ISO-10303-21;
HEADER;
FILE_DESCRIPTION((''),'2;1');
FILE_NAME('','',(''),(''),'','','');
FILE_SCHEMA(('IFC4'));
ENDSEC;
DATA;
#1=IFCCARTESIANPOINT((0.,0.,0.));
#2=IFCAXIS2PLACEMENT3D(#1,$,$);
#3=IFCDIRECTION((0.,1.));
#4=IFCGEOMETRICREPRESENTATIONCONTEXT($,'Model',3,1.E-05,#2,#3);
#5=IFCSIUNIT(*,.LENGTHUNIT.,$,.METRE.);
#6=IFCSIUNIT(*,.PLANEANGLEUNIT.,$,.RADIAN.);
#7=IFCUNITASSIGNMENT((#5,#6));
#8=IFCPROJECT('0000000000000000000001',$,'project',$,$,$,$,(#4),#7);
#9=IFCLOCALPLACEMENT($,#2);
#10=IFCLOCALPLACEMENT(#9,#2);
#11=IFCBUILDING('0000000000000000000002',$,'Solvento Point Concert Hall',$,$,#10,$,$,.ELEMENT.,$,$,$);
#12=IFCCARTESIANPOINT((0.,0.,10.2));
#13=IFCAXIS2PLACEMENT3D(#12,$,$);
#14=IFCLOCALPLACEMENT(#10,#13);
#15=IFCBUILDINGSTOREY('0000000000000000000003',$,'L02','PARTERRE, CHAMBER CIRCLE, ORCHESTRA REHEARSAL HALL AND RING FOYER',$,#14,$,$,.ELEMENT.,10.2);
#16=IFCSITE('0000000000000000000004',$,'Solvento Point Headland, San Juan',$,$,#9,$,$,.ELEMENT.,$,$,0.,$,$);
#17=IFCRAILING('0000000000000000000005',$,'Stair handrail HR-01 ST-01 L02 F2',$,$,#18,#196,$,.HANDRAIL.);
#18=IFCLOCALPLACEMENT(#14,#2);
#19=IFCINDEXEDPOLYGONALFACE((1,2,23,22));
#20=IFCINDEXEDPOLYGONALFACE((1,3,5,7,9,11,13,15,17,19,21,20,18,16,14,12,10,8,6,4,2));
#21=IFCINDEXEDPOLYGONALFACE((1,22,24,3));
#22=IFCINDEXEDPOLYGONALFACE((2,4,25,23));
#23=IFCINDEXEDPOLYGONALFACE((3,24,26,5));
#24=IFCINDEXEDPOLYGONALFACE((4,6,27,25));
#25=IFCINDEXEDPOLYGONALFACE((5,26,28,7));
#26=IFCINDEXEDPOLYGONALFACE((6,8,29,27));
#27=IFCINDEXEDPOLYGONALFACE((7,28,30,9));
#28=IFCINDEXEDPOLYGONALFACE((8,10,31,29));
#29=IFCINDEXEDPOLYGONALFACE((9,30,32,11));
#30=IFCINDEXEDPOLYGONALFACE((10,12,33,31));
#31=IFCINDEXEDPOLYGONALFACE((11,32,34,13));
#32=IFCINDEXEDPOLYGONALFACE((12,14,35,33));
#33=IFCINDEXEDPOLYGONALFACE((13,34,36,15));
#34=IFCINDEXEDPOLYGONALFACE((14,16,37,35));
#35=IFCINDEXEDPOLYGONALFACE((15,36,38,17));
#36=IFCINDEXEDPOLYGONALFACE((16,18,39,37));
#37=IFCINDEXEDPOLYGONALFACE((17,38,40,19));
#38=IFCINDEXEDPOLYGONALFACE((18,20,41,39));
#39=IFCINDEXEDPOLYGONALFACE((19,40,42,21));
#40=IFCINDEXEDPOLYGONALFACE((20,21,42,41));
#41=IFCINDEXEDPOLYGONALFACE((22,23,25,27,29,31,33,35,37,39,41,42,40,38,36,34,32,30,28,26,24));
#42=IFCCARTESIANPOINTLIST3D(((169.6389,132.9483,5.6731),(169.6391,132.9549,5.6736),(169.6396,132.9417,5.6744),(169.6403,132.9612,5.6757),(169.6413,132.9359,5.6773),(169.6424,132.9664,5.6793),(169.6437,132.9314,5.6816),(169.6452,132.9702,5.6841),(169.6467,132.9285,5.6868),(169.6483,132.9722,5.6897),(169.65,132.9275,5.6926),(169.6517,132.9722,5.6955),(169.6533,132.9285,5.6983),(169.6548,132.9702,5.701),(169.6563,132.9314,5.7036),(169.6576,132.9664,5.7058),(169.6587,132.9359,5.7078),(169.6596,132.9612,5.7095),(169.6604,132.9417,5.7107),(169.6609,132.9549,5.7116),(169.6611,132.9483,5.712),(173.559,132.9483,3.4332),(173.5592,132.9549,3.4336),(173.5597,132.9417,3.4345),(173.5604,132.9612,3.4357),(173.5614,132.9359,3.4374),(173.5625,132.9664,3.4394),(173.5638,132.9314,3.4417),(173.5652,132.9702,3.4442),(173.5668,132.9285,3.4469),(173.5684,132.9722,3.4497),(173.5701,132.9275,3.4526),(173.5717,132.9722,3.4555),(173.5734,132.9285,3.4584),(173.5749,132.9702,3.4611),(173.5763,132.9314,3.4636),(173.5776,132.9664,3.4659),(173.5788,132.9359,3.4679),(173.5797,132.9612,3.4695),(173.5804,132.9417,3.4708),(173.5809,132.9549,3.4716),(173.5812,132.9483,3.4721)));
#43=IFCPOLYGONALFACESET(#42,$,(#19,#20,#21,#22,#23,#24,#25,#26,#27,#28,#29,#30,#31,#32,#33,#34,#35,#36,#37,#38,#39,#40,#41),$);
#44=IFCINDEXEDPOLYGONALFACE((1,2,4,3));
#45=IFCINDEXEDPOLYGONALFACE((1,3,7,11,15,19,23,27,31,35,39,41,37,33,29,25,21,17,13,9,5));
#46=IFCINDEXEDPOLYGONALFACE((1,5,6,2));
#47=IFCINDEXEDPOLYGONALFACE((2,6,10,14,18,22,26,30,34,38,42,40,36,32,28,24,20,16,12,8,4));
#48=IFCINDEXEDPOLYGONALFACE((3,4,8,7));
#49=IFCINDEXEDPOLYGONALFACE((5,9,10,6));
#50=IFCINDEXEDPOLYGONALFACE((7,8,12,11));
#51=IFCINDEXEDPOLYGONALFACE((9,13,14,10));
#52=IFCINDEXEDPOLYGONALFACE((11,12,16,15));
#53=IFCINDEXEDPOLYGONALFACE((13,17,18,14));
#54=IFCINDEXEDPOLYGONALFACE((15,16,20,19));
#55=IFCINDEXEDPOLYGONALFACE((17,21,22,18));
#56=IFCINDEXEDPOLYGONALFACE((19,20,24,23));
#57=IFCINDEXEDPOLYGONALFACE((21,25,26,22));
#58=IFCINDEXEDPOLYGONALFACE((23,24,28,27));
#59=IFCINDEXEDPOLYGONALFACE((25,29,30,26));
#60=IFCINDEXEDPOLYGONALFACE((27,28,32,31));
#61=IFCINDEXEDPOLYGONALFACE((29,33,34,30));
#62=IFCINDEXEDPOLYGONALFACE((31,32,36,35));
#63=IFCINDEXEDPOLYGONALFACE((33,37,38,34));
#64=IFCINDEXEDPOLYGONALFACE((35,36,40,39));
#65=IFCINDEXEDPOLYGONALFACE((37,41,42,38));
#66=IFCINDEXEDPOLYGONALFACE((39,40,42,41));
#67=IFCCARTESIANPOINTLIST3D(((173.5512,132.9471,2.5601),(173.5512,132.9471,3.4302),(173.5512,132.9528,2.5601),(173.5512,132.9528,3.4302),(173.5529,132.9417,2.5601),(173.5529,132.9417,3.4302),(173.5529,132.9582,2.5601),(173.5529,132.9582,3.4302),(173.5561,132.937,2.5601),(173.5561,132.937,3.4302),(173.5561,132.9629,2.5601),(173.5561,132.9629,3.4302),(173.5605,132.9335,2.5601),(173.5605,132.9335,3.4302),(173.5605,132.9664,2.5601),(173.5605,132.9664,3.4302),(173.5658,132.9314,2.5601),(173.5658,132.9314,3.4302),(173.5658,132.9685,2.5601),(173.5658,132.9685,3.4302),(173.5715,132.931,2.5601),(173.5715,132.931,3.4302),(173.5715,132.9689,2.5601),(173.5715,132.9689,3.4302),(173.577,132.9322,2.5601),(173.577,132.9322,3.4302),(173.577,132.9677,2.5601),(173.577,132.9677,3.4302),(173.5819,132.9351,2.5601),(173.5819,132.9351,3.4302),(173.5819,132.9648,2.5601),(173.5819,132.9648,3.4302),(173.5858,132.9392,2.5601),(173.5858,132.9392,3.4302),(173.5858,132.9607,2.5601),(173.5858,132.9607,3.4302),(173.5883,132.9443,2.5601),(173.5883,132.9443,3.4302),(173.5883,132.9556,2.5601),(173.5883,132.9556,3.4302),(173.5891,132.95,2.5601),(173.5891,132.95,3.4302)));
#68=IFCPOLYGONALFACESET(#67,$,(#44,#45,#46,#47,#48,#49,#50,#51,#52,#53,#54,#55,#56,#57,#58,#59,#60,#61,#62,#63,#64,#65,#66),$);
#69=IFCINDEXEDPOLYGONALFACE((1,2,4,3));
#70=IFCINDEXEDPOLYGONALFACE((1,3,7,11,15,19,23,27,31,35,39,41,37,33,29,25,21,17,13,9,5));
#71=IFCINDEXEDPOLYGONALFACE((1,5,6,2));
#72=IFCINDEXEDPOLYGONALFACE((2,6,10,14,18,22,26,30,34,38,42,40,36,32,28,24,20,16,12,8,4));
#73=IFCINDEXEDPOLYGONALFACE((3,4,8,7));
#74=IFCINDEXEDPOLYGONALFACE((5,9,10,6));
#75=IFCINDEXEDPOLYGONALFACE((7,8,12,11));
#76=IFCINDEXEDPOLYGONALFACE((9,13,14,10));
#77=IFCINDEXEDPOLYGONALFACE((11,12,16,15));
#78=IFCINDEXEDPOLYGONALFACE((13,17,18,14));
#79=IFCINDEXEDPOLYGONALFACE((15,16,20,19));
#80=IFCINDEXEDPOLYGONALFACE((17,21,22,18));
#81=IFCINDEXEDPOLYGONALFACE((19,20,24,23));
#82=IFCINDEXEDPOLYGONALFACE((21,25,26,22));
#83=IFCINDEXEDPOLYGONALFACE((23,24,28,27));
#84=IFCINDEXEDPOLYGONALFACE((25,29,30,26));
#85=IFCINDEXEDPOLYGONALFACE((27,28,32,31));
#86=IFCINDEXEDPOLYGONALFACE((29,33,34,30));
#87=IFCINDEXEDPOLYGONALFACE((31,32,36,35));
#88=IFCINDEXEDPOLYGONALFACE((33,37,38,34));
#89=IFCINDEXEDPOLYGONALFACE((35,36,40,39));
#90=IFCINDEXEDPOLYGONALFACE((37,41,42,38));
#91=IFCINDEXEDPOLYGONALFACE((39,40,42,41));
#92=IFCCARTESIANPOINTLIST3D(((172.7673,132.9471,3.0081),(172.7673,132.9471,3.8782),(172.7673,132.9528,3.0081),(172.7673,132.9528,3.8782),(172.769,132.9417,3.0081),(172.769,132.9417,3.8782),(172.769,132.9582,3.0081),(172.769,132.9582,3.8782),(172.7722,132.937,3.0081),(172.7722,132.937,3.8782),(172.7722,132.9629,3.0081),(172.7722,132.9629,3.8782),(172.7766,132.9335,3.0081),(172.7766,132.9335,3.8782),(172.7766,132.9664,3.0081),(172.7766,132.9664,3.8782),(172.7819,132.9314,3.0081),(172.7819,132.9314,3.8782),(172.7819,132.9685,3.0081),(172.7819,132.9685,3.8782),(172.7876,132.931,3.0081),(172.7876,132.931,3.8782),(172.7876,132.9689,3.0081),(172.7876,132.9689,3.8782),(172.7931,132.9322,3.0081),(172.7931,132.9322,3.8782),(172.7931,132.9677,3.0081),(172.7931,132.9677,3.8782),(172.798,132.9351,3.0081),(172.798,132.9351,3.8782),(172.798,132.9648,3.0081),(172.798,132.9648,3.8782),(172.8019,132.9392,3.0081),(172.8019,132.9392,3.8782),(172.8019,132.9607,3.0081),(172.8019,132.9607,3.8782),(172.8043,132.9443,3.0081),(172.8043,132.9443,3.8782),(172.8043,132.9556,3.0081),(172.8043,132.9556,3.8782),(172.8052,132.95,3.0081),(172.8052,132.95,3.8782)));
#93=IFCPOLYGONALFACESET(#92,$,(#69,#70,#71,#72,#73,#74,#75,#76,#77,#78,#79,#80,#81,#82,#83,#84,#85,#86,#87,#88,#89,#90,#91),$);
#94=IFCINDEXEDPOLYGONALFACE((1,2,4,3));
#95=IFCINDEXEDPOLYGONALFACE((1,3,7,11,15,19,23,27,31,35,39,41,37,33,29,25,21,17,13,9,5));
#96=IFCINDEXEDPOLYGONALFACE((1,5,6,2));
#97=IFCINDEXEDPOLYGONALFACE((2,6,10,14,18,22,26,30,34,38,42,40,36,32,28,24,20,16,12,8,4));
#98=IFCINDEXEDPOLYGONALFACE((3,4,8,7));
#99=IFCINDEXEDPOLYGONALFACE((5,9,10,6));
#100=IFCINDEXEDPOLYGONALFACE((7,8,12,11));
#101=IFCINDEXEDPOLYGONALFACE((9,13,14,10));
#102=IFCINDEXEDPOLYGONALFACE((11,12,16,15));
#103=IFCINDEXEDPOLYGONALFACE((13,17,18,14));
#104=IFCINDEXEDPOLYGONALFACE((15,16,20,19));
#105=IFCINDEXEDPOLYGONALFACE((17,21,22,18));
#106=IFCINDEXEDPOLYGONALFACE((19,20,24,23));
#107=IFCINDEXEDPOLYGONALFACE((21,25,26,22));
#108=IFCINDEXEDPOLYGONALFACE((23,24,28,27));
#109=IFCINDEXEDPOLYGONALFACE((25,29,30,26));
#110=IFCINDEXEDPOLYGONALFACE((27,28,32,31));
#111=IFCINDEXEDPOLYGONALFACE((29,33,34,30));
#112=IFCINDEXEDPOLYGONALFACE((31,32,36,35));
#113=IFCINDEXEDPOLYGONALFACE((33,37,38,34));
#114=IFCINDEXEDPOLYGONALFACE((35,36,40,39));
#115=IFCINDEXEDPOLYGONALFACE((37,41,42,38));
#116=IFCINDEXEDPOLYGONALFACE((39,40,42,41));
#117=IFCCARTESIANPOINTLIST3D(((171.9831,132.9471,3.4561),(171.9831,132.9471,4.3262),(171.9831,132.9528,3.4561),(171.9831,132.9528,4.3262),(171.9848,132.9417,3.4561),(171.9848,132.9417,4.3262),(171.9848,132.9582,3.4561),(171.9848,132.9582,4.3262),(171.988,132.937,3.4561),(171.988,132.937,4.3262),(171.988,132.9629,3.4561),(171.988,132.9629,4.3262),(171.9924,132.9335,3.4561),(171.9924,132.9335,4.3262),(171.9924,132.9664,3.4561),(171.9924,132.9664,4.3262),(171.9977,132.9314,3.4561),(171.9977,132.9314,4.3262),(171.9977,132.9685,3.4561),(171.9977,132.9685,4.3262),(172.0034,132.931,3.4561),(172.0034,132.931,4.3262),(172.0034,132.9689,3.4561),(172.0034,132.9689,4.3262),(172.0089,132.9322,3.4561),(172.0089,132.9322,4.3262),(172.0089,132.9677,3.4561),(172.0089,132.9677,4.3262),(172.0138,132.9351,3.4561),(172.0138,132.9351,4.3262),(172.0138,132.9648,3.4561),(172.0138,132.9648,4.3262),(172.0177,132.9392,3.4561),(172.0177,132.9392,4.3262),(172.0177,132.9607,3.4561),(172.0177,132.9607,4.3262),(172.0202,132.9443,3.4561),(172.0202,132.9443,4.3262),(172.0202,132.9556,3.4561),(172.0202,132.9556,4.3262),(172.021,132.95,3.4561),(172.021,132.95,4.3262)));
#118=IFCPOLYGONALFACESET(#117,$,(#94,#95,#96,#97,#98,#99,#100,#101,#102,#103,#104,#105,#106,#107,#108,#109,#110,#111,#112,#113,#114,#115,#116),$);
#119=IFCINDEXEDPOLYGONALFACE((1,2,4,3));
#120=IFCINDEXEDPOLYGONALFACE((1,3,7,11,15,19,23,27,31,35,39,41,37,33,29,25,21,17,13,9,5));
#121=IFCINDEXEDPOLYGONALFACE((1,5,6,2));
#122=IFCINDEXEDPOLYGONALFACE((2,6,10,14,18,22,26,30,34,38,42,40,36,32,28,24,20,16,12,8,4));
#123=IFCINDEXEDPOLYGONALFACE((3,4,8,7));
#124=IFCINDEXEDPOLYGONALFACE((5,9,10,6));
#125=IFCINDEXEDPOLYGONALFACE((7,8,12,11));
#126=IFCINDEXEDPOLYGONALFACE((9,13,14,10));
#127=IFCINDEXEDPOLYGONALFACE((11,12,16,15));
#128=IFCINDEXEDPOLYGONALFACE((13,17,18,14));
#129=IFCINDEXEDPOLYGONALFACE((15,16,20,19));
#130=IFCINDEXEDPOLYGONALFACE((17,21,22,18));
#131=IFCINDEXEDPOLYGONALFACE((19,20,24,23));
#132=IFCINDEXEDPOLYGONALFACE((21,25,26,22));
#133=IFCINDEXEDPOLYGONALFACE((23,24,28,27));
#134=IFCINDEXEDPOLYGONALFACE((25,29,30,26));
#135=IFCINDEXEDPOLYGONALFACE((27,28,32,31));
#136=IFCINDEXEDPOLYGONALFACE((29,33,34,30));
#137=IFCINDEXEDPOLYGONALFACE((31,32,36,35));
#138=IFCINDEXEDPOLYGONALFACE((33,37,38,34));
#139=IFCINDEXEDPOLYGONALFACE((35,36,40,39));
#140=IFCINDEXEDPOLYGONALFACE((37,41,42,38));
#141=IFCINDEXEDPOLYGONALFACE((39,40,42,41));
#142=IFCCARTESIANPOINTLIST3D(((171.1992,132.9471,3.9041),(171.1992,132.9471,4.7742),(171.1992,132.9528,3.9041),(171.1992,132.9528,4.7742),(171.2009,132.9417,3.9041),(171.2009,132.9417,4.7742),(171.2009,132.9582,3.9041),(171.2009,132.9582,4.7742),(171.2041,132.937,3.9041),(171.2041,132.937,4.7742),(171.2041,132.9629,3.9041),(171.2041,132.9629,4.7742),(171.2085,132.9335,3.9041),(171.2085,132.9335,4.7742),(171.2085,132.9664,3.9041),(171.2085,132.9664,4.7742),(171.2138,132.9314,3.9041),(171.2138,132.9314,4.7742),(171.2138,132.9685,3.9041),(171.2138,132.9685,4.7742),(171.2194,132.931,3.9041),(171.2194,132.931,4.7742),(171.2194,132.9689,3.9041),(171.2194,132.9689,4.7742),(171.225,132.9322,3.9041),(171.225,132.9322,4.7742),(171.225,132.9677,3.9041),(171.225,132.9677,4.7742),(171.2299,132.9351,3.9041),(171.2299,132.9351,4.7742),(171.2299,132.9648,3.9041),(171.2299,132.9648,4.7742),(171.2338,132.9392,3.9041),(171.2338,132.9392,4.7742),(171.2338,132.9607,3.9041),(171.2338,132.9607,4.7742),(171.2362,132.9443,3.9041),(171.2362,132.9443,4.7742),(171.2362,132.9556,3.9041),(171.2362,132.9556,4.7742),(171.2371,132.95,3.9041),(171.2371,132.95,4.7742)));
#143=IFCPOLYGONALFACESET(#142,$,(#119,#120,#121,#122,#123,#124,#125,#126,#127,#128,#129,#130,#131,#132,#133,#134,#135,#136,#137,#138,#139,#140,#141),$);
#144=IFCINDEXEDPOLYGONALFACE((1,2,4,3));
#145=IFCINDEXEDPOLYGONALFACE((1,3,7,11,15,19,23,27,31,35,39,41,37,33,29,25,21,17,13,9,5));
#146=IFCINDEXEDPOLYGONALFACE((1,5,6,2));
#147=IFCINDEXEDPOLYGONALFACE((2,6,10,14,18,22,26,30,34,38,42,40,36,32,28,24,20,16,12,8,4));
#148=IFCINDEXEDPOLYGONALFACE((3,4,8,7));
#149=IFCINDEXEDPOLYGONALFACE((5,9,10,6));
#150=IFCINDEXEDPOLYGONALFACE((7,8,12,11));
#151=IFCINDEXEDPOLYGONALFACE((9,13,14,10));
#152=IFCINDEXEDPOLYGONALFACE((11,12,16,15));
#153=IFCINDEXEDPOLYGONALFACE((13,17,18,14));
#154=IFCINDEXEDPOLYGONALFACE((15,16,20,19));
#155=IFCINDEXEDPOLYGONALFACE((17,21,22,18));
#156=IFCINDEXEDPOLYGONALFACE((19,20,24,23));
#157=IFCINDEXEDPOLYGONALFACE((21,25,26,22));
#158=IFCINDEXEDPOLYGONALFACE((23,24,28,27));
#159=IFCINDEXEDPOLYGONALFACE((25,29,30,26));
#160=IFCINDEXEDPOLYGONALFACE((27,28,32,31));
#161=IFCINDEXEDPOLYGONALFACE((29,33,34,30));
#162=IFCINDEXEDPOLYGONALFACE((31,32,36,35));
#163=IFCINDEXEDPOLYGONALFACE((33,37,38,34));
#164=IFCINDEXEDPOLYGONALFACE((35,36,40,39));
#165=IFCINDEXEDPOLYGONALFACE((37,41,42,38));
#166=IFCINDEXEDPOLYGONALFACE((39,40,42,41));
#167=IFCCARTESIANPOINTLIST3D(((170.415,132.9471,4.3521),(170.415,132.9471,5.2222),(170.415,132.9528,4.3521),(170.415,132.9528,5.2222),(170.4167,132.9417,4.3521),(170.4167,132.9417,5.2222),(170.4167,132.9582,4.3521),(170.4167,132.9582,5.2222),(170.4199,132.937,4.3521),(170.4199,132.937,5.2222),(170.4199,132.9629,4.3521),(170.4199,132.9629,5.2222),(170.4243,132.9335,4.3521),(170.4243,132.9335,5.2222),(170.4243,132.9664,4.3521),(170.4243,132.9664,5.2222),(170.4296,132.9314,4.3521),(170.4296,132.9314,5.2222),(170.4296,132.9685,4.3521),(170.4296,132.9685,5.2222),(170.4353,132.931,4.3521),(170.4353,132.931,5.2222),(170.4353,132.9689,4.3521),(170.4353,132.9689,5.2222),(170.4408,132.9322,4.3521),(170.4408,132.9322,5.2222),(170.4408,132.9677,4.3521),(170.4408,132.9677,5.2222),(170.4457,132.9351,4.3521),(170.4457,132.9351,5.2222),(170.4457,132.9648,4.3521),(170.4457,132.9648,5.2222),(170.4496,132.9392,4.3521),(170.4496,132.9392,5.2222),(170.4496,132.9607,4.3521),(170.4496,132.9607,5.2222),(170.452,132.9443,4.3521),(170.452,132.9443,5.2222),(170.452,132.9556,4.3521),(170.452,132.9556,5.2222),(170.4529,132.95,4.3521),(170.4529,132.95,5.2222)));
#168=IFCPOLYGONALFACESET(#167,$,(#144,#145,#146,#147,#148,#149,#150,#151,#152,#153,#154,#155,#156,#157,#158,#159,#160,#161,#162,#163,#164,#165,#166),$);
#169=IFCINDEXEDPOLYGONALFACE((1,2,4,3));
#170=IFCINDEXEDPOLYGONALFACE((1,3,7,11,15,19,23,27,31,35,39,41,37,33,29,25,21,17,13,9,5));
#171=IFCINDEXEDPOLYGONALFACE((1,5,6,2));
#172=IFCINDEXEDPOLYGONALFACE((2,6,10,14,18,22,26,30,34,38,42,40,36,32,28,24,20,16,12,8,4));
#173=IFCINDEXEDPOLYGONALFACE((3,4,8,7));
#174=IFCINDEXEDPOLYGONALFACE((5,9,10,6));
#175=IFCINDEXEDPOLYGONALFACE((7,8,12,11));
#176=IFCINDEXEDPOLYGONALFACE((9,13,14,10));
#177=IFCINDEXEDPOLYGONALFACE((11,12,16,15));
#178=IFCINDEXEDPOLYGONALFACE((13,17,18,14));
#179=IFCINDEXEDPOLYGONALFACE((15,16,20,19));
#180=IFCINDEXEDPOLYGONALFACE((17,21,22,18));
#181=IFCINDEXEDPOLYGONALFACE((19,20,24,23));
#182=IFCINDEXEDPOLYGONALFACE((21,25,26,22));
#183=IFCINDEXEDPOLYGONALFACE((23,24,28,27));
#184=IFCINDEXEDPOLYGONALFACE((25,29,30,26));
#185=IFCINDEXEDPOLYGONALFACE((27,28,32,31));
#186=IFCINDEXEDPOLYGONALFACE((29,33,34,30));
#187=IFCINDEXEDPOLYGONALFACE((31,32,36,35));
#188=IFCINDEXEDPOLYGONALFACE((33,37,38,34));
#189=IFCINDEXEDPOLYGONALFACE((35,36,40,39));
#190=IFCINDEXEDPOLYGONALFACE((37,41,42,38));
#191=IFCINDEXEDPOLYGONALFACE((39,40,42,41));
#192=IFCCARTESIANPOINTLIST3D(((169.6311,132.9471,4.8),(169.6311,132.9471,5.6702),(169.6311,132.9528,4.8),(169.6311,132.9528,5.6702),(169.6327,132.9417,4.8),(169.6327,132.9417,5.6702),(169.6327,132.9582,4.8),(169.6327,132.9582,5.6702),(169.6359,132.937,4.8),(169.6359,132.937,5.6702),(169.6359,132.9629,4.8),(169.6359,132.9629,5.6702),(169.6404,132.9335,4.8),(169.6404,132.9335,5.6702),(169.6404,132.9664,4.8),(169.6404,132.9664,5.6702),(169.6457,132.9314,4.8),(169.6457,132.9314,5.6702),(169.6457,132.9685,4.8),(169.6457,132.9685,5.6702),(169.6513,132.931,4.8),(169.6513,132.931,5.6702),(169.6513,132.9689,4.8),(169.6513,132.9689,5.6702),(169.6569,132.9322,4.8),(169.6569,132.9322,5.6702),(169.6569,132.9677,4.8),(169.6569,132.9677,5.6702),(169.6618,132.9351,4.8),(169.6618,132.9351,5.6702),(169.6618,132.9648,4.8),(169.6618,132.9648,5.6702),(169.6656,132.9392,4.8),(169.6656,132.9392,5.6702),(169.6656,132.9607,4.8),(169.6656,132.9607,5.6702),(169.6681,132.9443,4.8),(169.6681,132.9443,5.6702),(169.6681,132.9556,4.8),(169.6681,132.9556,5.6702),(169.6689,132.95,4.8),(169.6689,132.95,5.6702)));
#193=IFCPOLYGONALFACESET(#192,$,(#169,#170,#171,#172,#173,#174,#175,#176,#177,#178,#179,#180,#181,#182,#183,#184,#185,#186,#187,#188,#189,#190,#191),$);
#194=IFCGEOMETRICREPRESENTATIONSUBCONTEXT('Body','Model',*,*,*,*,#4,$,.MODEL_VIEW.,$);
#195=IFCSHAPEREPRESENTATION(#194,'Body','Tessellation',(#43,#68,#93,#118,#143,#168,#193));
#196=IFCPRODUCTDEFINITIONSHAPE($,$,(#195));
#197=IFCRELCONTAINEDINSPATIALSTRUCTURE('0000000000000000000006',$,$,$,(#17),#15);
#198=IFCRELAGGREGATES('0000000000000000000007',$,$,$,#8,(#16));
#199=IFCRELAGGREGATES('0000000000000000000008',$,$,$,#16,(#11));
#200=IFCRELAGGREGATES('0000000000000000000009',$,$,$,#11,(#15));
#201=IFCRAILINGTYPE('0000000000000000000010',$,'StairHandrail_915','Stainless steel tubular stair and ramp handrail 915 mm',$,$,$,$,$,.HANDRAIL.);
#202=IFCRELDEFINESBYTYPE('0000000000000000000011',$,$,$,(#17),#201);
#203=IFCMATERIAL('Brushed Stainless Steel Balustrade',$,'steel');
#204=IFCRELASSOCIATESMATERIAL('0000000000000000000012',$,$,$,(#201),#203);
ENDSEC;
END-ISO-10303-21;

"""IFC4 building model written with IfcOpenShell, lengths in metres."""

from ifc_helpers import new_model, si_unit, direction, frame, origin, origin_2d, place, context, subcontext, project, spatial, circle, extrude, material, type_object, element, save


model = new_model("IFC4")

# Units and contexts
model_context = context("Model", 3, precision=1e-05, world=origin(), true_north=direction((0.0, 1.0)))
body_context = subcontext(model_context, "Body", "Model", "MODEL_VIEW")
ifc_project = project(units=[si_unit("LENGTHUNIT", "METRE"), si_unit("PLANEANGLEUNIT", "RADIAN")], contexts=[model_context])

# Site, building, storey
site_placement = place(None, origin())
site = spatial("IfcSite", under=ifc_project, at=site_placement, Name="Solvento Point Headland, San Juan", CompositionType="ELEMENT", RefElevation=0.0)
building_placement = place(site_placement, origin())
building = spatial("IfcBuilding", under=site, at=building_placement, Name="Solvento Point Concert Hall", CompositionType="ELEMENT")
storey_placement = place(building_placement, frame((0.0, 0.0, 10.2)))
storey = spatial("IfcBuildingStorey", under=building, at=storey_placement, Name="L02", Description="PARTERRE, CHAMBER CIRCLE, ORCHESTRA REHEARSAL HALL AND RING FOYER", CompositionType="ELEMENT", Elevation=10.2)

# Railing
ifc_material_1 = material(Name="Brushed Stainless Steel Balustrade", Category="steel")
railing_type_1 = type_object("IfcRailingType", Name="StairHandrail_915", Description="Stainless steel tubular stair and ramp handrail 915 mm", PredefinedType="HANDRAIL", material=ifc_material_1)
railing_1_placement = place(storey_placement, frame((173.5701, 132.95, 2.5601)))
element("IfcRailing", 1, at=railing_1_placement, inside=storey, type_object=railing_type_1, Name="Stair handrail HR-01 ST-01 L02 F2", PredefinedType="HANDRAIL", context=body_context, shape_type="SweptSolid", body=[
    extrude(circle(Radius=0.0225, at=origin_2d()), frame((0.0, 0.0, 0.8926), z_axis=(-0.868253, 0.0, 0.496121), x_axis=(0.0, -1.0, 0.0)), (0.0, 0.0, 1.0), 4.5149),
    extrude(circle(Radius=0.019, at=origin_2d()), origin(), (0.0, 0.0, 1.0), 0.8701),
    extrude(circle(Radius=0.019, at=origin_2d()), frame((-0.7839, 0.0, 0.448)), (0.0, 0.0, 1.0), 0.8701),
    extrude(circle(Radius=0.019, at=origin_2d()), frame((-1.5681, 0.0, 0.896)), (0.0, 0.0, 1.0), 0.8701),
    extrude(circle(Radius=0.019, at=origin_2d()), frame((-2.3521, 0.0, 1.344)), (0.0, 0.0, 1.0), 0.8701),
    extrude(circle(Radius=0.019, at=origin_2d()), frame((-3.1362, 0.0, 1.792)), (0.0, 0.0, 1.0), 0.8701),
    extrude(circle(Radius=0.019, at=origin_2d()), frame((-3.9202, 0.0, 2.24)), (0.0, 0.0, 1.0), 0.8701),
])

save(model, "model.ifc")
